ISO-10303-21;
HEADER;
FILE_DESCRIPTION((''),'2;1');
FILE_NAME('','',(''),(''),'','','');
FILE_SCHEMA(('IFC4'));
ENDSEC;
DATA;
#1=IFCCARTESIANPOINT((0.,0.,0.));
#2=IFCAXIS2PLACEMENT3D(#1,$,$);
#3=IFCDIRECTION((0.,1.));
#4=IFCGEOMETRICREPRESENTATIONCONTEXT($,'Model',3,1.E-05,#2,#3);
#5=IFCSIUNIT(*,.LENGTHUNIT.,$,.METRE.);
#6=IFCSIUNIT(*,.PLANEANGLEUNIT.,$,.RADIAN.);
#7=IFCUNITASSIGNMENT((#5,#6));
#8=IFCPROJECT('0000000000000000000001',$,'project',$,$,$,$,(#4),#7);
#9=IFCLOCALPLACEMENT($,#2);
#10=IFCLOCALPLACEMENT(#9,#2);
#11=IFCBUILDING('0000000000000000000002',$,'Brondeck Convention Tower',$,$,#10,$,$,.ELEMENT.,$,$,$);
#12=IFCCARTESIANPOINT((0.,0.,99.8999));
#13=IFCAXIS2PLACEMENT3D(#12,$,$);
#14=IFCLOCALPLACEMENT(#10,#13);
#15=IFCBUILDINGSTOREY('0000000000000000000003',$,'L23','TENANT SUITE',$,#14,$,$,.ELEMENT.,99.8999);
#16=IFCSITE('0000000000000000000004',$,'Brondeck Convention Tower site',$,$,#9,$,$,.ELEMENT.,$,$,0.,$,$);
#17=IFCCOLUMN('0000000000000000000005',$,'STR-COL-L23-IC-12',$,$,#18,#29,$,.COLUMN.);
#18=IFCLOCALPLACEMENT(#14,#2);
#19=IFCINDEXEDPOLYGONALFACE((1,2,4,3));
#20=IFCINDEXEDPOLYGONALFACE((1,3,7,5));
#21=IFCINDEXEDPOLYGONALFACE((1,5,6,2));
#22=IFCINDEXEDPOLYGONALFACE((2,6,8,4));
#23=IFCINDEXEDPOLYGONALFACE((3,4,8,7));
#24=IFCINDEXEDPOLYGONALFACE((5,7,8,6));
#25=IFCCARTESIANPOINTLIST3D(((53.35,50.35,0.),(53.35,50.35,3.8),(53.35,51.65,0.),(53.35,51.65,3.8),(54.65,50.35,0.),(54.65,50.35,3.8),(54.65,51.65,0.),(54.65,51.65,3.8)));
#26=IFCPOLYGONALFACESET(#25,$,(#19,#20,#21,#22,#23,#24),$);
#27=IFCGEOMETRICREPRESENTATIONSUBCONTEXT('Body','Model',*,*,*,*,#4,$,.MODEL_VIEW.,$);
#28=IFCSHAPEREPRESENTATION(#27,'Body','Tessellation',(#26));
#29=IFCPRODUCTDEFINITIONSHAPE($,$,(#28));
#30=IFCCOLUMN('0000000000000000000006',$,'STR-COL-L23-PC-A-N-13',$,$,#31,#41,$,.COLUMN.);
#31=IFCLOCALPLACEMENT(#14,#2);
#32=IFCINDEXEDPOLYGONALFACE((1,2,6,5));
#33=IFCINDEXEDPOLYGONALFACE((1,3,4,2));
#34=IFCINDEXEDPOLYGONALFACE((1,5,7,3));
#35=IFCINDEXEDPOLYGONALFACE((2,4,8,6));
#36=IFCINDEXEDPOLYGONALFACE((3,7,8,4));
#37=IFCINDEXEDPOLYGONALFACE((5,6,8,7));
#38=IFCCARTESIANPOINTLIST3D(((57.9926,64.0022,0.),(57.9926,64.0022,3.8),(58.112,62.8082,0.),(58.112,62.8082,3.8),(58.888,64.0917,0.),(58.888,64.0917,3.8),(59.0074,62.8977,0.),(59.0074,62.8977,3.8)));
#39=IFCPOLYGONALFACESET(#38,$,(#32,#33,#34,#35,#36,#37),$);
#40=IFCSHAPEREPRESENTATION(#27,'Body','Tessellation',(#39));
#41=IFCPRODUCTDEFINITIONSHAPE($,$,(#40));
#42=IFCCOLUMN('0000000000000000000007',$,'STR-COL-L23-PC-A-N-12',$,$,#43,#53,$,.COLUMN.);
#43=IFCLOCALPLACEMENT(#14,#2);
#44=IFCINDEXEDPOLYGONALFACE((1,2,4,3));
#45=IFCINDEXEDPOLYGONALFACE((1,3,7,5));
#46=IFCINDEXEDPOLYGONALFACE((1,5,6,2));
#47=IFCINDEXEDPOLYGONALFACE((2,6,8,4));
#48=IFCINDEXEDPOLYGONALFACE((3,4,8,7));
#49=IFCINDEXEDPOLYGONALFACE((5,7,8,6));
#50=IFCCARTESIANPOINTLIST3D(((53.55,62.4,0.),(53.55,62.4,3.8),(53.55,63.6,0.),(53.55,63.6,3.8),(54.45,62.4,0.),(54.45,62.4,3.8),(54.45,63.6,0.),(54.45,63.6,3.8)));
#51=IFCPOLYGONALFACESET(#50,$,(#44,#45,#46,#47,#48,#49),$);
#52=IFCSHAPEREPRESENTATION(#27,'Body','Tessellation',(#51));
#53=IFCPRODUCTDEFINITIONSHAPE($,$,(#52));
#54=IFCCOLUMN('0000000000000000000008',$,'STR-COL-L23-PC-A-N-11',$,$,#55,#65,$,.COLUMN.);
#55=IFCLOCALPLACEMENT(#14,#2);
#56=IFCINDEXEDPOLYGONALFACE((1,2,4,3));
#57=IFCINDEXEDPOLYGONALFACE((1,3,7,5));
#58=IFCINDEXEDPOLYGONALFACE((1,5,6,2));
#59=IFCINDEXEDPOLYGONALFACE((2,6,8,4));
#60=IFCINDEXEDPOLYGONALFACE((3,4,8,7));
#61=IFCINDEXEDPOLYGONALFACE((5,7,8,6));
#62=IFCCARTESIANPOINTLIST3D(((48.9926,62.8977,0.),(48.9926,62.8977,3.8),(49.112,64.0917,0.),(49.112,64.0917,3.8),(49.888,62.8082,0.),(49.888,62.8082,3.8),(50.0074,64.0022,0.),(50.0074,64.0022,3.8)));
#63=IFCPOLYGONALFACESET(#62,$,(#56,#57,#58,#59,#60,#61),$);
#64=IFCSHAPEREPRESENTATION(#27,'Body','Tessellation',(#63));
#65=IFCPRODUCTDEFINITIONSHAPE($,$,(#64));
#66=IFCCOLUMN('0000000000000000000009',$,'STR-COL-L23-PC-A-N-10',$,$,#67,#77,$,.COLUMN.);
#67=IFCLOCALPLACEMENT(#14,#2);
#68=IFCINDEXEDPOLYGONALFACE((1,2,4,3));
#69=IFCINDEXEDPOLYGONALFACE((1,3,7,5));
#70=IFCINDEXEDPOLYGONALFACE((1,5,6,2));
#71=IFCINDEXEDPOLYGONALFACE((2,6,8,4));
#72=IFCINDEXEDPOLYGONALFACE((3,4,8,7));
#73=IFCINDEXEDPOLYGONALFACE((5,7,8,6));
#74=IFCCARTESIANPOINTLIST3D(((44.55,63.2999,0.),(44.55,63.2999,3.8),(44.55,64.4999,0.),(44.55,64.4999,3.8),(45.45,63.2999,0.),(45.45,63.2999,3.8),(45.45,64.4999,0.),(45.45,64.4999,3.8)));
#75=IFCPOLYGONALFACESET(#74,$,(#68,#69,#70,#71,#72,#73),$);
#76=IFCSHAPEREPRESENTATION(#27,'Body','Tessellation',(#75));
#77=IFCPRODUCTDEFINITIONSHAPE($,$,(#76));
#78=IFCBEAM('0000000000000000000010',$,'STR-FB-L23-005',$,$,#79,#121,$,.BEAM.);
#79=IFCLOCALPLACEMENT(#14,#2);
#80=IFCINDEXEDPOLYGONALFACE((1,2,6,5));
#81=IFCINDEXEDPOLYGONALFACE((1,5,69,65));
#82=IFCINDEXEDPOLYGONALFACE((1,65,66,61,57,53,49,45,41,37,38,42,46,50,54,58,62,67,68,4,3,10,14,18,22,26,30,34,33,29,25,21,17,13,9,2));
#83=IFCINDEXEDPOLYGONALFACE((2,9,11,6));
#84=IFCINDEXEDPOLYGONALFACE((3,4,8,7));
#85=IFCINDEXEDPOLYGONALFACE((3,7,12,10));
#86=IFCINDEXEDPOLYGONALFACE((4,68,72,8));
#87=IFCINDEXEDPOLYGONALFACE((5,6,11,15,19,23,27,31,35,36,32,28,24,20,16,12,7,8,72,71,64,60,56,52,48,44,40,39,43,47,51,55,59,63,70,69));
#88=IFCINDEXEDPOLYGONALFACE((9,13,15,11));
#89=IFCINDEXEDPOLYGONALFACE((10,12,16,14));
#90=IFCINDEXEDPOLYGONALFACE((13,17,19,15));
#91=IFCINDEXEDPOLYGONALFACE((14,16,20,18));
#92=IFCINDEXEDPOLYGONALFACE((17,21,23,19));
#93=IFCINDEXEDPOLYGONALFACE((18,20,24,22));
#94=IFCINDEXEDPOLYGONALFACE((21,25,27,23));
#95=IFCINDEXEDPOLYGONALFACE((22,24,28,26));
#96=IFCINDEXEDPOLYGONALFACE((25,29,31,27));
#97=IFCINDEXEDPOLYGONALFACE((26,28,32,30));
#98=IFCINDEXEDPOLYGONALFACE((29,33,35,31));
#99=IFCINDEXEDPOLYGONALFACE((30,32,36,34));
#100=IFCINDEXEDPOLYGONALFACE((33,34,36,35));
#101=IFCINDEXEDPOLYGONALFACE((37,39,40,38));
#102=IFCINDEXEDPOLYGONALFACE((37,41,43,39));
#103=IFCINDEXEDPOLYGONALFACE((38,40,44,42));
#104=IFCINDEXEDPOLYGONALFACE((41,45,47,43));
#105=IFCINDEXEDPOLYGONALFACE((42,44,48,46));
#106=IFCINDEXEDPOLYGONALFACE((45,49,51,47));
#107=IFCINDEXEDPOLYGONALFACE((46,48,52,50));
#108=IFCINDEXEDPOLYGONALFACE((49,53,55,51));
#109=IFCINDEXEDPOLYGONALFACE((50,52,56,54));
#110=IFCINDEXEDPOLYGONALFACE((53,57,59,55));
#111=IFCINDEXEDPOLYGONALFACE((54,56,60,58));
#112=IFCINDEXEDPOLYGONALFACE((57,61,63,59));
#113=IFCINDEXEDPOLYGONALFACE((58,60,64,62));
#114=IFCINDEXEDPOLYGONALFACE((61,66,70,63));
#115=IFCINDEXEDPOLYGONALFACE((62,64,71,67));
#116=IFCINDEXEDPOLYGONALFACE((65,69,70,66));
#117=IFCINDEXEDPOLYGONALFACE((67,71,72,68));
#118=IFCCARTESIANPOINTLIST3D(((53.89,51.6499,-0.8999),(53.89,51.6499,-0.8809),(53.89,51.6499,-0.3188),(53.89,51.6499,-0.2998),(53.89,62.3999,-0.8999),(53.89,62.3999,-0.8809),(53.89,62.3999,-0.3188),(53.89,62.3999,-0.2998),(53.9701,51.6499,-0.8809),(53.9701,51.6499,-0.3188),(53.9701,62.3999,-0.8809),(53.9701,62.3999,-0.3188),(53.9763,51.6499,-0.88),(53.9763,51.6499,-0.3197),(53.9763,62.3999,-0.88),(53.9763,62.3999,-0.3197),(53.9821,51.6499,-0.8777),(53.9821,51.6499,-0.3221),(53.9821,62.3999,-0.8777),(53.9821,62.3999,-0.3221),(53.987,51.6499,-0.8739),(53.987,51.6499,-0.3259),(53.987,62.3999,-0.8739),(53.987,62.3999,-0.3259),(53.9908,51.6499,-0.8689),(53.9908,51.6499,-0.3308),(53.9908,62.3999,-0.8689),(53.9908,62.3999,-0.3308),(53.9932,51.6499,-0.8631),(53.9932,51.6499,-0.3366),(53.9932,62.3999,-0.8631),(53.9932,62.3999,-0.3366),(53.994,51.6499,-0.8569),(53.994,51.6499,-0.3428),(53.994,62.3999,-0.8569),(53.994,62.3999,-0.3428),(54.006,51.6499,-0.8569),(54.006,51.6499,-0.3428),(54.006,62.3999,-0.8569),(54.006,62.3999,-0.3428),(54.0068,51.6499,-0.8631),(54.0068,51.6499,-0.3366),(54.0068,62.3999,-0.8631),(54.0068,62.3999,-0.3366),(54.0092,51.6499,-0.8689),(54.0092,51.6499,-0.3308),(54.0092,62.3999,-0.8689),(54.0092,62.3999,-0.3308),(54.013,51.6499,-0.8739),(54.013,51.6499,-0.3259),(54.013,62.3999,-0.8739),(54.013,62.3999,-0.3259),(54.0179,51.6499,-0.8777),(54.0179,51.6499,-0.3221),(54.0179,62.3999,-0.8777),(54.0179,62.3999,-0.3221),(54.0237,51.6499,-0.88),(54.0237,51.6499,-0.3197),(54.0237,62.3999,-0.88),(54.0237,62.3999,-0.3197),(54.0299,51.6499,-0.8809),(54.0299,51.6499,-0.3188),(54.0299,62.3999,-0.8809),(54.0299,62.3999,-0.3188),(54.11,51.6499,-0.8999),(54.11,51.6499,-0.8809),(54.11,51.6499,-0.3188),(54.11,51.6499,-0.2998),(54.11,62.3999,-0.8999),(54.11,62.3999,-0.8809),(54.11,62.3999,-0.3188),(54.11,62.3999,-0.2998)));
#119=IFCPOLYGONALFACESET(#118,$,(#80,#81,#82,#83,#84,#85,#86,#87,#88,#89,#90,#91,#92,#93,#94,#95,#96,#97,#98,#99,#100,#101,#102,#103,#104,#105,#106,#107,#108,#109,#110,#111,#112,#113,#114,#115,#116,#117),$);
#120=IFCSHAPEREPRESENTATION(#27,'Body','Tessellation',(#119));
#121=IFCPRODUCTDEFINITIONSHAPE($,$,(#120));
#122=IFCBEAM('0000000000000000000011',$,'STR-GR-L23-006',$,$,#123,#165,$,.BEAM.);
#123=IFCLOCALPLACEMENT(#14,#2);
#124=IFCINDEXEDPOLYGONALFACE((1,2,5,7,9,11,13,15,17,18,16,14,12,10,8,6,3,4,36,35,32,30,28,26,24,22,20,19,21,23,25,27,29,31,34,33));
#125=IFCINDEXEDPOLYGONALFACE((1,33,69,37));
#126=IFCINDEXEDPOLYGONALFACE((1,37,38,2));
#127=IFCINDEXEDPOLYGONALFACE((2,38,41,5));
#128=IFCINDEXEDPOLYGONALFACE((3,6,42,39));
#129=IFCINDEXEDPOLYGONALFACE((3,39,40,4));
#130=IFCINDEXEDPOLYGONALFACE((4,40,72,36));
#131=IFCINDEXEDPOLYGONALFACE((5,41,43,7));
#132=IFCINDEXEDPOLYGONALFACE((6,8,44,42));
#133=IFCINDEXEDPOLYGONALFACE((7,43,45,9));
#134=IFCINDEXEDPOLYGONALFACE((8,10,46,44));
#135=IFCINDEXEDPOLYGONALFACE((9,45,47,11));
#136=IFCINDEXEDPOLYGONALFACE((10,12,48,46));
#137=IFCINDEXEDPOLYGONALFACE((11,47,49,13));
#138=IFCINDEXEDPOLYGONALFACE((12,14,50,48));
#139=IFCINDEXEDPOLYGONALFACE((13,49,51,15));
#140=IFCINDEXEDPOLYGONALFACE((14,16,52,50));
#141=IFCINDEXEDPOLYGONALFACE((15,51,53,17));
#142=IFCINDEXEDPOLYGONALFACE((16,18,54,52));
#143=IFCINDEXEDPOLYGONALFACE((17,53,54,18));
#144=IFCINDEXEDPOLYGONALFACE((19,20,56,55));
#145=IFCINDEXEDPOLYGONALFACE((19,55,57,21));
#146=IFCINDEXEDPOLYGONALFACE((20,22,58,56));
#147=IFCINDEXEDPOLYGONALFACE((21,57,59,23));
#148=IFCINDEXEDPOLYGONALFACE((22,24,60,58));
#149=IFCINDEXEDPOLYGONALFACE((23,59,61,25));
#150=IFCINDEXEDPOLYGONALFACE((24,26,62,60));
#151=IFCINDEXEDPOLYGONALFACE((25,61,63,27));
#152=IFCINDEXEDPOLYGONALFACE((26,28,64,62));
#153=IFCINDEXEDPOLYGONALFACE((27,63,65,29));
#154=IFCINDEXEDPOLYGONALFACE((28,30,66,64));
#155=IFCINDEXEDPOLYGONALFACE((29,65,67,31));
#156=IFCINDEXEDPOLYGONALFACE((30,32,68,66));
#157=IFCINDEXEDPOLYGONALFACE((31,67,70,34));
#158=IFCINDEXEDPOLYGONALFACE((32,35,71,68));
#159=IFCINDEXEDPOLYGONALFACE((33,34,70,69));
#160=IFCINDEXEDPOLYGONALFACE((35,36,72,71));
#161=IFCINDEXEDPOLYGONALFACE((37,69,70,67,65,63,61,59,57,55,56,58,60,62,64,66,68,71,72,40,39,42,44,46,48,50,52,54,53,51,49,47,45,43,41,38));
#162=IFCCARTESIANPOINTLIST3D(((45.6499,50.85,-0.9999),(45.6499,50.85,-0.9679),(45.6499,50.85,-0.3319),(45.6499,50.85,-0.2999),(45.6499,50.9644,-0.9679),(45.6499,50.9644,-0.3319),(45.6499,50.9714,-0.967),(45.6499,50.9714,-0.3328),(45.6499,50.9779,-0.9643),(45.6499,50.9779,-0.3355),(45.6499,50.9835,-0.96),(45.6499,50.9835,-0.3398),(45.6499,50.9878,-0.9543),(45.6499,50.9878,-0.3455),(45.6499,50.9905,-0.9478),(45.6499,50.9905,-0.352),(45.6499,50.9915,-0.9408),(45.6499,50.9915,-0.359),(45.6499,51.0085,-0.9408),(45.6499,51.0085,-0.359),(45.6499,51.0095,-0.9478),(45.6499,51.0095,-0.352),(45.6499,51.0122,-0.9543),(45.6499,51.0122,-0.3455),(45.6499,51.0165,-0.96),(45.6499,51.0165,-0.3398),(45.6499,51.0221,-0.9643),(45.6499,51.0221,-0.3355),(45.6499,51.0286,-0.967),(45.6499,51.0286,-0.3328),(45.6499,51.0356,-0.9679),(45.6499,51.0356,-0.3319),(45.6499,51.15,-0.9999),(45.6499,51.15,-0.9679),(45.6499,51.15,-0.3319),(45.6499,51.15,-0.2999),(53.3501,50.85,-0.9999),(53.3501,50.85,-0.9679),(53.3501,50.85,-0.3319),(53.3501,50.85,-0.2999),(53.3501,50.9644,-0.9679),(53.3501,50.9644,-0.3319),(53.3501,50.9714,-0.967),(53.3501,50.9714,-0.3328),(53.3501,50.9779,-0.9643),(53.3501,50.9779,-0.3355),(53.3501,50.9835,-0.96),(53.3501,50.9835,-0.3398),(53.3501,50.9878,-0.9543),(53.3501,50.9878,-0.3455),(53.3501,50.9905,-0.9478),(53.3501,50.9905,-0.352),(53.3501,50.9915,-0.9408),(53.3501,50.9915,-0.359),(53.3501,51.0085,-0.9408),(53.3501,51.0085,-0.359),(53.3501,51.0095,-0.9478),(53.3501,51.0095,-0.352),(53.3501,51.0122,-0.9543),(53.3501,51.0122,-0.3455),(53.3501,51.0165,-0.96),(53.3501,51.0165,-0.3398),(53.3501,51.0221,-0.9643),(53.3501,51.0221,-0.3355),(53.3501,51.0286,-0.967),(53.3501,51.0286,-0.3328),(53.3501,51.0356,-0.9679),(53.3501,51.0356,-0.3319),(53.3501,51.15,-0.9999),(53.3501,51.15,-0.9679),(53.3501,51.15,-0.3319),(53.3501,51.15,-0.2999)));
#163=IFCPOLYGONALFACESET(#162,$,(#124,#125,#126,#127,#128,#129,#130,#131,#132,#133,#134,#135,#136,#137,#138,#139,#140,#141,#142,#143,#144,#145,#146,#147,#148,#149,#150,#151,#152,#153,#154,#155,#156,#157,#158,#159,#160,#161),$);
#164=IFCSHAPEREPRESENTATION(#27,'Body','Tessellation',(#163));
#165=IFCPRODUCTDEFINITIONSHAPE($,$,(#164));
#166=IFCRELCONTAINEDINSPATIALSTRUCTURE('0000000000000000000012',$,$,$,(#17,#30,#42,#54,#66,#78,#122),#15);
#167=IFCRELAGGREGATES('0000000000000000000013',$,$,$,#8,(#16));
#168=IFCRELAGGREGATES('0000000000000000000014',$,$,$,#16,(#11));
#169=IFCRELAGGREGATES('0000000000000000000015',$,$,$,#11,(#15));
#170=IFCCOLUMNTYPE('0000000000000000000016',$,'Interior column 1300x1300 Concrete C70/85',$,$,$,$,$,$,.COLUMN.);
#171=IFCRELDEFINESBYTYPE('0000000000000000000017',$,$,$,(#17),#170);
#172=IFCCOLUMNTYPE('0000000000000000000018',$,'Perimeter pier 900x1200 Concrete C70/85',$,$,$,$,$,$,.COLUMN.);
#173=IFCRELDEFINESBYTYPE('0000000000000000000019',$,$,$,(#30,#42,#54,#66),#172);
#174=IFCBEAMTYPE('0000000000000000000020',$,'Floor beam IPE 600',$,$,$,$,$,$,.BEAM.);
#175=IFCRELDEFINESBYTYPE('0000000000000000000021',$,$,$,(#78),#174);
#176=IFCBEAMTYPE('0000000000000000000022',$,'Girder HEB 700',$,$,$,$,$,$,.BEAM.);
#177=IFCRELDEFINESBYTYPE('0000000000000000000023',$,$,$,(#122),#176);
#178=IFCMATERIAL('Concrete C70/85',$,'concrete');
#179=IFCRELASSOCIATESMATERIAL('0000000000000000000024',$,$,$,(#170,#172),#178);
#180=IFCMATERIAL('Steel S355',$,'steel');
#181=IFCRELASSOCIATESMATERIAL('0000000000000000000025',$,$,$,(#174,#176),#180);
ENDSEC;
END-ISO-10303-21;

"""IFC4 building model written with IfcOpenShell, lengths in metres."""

from ifc_helpers import new_model, si_unit, direction, frame, origin, origin_2d, place, context, subcontext, project, spatial, rectangle, i_section, extrude, material, material_profile, profile_set, type_object, element, save


model = new_model("IFC4")

# Units and contexts
model_context = context("Model", 3, precision=1e-05, world=origin(), true_north=direction((0.0, 1.0)))
body_context = subcontext(model_context, "Body", "Model", "MODEL_VIEW")
ifc_project = project(units=[si_unit("LENGTHUNIT", "METRE"), si_unit("PLANEANGLEUNIT", "RADIAN")], contexts=[model_context])

# Site, building, storey
site_placement = place(None, origin())
site = spatial("IfcSite", under=ifc_project, at=site_placement, Name="Brondeck Convention Tower site", CompositionType="ELEMENT", RefElevation=0.0)
building_placement = place(site_placement, origin())
building = spatial("IfcBuilding", under=site, at=building_placement, Name="Brondeck Convention Tower", CompositionType="ELEMENT")
storey_placement = place(building_placement, frame((0.0, 0.0, 99.8999)))
storey = spatial("IfcBuildingStorey", under=building, at=storey_placement, Name="L23", Description="TENANT SUITE", CompositionType="ELEMENT", Elevation=99.8999)

# Columns
ifc_material_1 = material(Name="Concrete C70/85", Category="concrete")
ifc_material_profile_1 = material_profile(ifc_material_1, rectangle(XDim=1.3, YDim=1.3, at=origin_2d()), Name="Interior column 1300x1300 Concrete C70/85")
ifc_profile_set_1 = profile_set([ifc_material_profile_1], Name="Concrete C70/85")
column_type_1 = type_object("IfcColumnType", Name="Interior column 1300x1300 Concrete C70/85", PredefinedType="COLUMN", material=ifc_profile_set_1)
column_placement = place(storey_placement, frame((54.0, 51.0, 0.0), z_axis=(0.0, 0.0, 1.0), x_axis=(1.0, 0.0, 0.0)))
element("IfcColumn", 1, at=column_placement, inside=storey, type_object=column_type_1, Name="STR-COL-L23-IC-12", PredefinedType="COLUMN", context=body_context, shape_type="SweptSolid", body=[
    extrude(rectangle(XDim=1.3, YDim=1.3, at=origin_2d()), origin(), (0.0, 0.0, 1.0), 3.8),
])
ifc_material_profile_2 = material_profile(ifc_material_1, rectangle(XDim=0.8999, YDim=1.2, at=origin_2d()), Name="Perimeter pier 900x1200 Concrete C70/85")
ifc_profile_set_2 = profile_set([ifc_material_profile_2], Name="Concrete C70/85")
column_type_2 = type_object("IfcColumnType", Name="Perimeter pier 900x1200 Concrete C70/85", PredefinedType="COLUMN", material=ifc_profile_set_2)
for number, where, z_axis, x_axis, name in (
    (2, (58.5, 63.45, 0.0), (0.0, 0.0, 1.0), (-0.995037, -0.099504, 0.0), "STR-COL-L23-PC-A-N-13"),
    (3, (54.0, 63.0, 0.0), (0.0, 0.0, 1.0), (-1.0, 0.0, 0.0), "STR-COL-L23-PC-A-N-12"),
    (4, (49.5, 63.45, 0.0), (0.0, 0.0, 1.0), (-0.995037, 0.099504, 0.0), "STR-COL-L23-PC-A-N-11"),
    (5, (45.0, 63.8999, 0.0), (0.0, 0.0, 1.0), (-1.0, 0.0, 0.0), "STR-COL-L23-PC-A-N-10"),
):
    element("IfcColumn", number, at=place(storey_placement, frame(where, z_axis=z_axis, x_axis=x_axis)), inside=storey, type_object=column_type_2, Name=name, PredefinedType="COLUMN", context=body_context, shape_type="SweptSolid", body=[
        extrude(rectangle(XDim=0.8999, YDim=1.2, at=origin_2d()), origin(), (0.0, 0.0, 1.0), 3.8),
    ])

# Beams
ifc_material_2 = material(Name="Steel S355", Category="steel")
ifc_material_profile_3 = material_profile(ifc_material_2, i_section(OverallWidth=0.22, OverallDepth=0.6001, WebThickness=0.012, FlangeThickness=0.019, FilletRadius=0.0239, at=origin_2d()), Name="IPE 600")
ifc_profile_set_3 = profile_set([ifc_material_profile_3], Name="Steel S355")
beam_type_1 = type_object("IfcBeamType", Name="Floor beam IPE 600", PredefinedType="BEAM", material=ifc_profile_set_3)
beam_placement = place(storey_placement, frame((54.0, 51.6499, -0.5999), z_axis=(0.0, 1.0, 0.0), x_axis=(-1.0, 0.0, 0.0)))
element("IfcBeam", 6, at=beam_placement, inside=storey, type_object=beam_type_1, Name="STR-FB-L23-005", PredefinedType="BEAM", context=body_context, shape_type="SweptSolid", body=[
    extrude(i_section(OverallWidth=0.22, OverallDepth=0.6001, WebThickness=0.012, FlangeThickness=0.019, FilletRadius=0.0239, at=origin_2d()), origin(), (0.0, 0.0, 1.0), 10.75),
])
ifc_material_profile_4 = material_profile(ifc_material_2, i_section(OverallWidth=0.3, OverallDepth=0.7, WebThickness=0.0171, FlangeThickness=0.032, FilletRadius=0.0271, at=origin_2d()), Name="HEB 700")
ifc_profile_set_4 = profile_set([ifc_material_profile_4], Name="Steel S355")
beam_type_2 = type_object("IfcBeamType", Name="Girder HEB 700", PredefinedType="BEAM", material=ifc_profile_set_4)
for number, where, z_axis, x_axis, name in (
    (7, (45.6499, 51.0, -0.6499), (1.0, 0.0, 0.0), (0.0, 1.0, 0.0), "STR-GR-L23-006"),
):
    element("IfcBeam", number, at=place(storey_placement, frame(where, z_axis=z_axis, x_axis=x_axis)), inside=storey, type_object=beam_type_2, Name=name, PredefinedType="BEAM", context=body_context, shape_type="SweptSolid", body=[
        extrude(i_section(OverallWidth=0.3, OverallDepth=0.7, WebThickness=0.0171, FlangeThickness=0.032, FilletRadius=0.0271, at=origin_2d()), origin(), (0.0, 0.0, 1.0), 7.7002),
    ])

save(model, "model.ifc")
